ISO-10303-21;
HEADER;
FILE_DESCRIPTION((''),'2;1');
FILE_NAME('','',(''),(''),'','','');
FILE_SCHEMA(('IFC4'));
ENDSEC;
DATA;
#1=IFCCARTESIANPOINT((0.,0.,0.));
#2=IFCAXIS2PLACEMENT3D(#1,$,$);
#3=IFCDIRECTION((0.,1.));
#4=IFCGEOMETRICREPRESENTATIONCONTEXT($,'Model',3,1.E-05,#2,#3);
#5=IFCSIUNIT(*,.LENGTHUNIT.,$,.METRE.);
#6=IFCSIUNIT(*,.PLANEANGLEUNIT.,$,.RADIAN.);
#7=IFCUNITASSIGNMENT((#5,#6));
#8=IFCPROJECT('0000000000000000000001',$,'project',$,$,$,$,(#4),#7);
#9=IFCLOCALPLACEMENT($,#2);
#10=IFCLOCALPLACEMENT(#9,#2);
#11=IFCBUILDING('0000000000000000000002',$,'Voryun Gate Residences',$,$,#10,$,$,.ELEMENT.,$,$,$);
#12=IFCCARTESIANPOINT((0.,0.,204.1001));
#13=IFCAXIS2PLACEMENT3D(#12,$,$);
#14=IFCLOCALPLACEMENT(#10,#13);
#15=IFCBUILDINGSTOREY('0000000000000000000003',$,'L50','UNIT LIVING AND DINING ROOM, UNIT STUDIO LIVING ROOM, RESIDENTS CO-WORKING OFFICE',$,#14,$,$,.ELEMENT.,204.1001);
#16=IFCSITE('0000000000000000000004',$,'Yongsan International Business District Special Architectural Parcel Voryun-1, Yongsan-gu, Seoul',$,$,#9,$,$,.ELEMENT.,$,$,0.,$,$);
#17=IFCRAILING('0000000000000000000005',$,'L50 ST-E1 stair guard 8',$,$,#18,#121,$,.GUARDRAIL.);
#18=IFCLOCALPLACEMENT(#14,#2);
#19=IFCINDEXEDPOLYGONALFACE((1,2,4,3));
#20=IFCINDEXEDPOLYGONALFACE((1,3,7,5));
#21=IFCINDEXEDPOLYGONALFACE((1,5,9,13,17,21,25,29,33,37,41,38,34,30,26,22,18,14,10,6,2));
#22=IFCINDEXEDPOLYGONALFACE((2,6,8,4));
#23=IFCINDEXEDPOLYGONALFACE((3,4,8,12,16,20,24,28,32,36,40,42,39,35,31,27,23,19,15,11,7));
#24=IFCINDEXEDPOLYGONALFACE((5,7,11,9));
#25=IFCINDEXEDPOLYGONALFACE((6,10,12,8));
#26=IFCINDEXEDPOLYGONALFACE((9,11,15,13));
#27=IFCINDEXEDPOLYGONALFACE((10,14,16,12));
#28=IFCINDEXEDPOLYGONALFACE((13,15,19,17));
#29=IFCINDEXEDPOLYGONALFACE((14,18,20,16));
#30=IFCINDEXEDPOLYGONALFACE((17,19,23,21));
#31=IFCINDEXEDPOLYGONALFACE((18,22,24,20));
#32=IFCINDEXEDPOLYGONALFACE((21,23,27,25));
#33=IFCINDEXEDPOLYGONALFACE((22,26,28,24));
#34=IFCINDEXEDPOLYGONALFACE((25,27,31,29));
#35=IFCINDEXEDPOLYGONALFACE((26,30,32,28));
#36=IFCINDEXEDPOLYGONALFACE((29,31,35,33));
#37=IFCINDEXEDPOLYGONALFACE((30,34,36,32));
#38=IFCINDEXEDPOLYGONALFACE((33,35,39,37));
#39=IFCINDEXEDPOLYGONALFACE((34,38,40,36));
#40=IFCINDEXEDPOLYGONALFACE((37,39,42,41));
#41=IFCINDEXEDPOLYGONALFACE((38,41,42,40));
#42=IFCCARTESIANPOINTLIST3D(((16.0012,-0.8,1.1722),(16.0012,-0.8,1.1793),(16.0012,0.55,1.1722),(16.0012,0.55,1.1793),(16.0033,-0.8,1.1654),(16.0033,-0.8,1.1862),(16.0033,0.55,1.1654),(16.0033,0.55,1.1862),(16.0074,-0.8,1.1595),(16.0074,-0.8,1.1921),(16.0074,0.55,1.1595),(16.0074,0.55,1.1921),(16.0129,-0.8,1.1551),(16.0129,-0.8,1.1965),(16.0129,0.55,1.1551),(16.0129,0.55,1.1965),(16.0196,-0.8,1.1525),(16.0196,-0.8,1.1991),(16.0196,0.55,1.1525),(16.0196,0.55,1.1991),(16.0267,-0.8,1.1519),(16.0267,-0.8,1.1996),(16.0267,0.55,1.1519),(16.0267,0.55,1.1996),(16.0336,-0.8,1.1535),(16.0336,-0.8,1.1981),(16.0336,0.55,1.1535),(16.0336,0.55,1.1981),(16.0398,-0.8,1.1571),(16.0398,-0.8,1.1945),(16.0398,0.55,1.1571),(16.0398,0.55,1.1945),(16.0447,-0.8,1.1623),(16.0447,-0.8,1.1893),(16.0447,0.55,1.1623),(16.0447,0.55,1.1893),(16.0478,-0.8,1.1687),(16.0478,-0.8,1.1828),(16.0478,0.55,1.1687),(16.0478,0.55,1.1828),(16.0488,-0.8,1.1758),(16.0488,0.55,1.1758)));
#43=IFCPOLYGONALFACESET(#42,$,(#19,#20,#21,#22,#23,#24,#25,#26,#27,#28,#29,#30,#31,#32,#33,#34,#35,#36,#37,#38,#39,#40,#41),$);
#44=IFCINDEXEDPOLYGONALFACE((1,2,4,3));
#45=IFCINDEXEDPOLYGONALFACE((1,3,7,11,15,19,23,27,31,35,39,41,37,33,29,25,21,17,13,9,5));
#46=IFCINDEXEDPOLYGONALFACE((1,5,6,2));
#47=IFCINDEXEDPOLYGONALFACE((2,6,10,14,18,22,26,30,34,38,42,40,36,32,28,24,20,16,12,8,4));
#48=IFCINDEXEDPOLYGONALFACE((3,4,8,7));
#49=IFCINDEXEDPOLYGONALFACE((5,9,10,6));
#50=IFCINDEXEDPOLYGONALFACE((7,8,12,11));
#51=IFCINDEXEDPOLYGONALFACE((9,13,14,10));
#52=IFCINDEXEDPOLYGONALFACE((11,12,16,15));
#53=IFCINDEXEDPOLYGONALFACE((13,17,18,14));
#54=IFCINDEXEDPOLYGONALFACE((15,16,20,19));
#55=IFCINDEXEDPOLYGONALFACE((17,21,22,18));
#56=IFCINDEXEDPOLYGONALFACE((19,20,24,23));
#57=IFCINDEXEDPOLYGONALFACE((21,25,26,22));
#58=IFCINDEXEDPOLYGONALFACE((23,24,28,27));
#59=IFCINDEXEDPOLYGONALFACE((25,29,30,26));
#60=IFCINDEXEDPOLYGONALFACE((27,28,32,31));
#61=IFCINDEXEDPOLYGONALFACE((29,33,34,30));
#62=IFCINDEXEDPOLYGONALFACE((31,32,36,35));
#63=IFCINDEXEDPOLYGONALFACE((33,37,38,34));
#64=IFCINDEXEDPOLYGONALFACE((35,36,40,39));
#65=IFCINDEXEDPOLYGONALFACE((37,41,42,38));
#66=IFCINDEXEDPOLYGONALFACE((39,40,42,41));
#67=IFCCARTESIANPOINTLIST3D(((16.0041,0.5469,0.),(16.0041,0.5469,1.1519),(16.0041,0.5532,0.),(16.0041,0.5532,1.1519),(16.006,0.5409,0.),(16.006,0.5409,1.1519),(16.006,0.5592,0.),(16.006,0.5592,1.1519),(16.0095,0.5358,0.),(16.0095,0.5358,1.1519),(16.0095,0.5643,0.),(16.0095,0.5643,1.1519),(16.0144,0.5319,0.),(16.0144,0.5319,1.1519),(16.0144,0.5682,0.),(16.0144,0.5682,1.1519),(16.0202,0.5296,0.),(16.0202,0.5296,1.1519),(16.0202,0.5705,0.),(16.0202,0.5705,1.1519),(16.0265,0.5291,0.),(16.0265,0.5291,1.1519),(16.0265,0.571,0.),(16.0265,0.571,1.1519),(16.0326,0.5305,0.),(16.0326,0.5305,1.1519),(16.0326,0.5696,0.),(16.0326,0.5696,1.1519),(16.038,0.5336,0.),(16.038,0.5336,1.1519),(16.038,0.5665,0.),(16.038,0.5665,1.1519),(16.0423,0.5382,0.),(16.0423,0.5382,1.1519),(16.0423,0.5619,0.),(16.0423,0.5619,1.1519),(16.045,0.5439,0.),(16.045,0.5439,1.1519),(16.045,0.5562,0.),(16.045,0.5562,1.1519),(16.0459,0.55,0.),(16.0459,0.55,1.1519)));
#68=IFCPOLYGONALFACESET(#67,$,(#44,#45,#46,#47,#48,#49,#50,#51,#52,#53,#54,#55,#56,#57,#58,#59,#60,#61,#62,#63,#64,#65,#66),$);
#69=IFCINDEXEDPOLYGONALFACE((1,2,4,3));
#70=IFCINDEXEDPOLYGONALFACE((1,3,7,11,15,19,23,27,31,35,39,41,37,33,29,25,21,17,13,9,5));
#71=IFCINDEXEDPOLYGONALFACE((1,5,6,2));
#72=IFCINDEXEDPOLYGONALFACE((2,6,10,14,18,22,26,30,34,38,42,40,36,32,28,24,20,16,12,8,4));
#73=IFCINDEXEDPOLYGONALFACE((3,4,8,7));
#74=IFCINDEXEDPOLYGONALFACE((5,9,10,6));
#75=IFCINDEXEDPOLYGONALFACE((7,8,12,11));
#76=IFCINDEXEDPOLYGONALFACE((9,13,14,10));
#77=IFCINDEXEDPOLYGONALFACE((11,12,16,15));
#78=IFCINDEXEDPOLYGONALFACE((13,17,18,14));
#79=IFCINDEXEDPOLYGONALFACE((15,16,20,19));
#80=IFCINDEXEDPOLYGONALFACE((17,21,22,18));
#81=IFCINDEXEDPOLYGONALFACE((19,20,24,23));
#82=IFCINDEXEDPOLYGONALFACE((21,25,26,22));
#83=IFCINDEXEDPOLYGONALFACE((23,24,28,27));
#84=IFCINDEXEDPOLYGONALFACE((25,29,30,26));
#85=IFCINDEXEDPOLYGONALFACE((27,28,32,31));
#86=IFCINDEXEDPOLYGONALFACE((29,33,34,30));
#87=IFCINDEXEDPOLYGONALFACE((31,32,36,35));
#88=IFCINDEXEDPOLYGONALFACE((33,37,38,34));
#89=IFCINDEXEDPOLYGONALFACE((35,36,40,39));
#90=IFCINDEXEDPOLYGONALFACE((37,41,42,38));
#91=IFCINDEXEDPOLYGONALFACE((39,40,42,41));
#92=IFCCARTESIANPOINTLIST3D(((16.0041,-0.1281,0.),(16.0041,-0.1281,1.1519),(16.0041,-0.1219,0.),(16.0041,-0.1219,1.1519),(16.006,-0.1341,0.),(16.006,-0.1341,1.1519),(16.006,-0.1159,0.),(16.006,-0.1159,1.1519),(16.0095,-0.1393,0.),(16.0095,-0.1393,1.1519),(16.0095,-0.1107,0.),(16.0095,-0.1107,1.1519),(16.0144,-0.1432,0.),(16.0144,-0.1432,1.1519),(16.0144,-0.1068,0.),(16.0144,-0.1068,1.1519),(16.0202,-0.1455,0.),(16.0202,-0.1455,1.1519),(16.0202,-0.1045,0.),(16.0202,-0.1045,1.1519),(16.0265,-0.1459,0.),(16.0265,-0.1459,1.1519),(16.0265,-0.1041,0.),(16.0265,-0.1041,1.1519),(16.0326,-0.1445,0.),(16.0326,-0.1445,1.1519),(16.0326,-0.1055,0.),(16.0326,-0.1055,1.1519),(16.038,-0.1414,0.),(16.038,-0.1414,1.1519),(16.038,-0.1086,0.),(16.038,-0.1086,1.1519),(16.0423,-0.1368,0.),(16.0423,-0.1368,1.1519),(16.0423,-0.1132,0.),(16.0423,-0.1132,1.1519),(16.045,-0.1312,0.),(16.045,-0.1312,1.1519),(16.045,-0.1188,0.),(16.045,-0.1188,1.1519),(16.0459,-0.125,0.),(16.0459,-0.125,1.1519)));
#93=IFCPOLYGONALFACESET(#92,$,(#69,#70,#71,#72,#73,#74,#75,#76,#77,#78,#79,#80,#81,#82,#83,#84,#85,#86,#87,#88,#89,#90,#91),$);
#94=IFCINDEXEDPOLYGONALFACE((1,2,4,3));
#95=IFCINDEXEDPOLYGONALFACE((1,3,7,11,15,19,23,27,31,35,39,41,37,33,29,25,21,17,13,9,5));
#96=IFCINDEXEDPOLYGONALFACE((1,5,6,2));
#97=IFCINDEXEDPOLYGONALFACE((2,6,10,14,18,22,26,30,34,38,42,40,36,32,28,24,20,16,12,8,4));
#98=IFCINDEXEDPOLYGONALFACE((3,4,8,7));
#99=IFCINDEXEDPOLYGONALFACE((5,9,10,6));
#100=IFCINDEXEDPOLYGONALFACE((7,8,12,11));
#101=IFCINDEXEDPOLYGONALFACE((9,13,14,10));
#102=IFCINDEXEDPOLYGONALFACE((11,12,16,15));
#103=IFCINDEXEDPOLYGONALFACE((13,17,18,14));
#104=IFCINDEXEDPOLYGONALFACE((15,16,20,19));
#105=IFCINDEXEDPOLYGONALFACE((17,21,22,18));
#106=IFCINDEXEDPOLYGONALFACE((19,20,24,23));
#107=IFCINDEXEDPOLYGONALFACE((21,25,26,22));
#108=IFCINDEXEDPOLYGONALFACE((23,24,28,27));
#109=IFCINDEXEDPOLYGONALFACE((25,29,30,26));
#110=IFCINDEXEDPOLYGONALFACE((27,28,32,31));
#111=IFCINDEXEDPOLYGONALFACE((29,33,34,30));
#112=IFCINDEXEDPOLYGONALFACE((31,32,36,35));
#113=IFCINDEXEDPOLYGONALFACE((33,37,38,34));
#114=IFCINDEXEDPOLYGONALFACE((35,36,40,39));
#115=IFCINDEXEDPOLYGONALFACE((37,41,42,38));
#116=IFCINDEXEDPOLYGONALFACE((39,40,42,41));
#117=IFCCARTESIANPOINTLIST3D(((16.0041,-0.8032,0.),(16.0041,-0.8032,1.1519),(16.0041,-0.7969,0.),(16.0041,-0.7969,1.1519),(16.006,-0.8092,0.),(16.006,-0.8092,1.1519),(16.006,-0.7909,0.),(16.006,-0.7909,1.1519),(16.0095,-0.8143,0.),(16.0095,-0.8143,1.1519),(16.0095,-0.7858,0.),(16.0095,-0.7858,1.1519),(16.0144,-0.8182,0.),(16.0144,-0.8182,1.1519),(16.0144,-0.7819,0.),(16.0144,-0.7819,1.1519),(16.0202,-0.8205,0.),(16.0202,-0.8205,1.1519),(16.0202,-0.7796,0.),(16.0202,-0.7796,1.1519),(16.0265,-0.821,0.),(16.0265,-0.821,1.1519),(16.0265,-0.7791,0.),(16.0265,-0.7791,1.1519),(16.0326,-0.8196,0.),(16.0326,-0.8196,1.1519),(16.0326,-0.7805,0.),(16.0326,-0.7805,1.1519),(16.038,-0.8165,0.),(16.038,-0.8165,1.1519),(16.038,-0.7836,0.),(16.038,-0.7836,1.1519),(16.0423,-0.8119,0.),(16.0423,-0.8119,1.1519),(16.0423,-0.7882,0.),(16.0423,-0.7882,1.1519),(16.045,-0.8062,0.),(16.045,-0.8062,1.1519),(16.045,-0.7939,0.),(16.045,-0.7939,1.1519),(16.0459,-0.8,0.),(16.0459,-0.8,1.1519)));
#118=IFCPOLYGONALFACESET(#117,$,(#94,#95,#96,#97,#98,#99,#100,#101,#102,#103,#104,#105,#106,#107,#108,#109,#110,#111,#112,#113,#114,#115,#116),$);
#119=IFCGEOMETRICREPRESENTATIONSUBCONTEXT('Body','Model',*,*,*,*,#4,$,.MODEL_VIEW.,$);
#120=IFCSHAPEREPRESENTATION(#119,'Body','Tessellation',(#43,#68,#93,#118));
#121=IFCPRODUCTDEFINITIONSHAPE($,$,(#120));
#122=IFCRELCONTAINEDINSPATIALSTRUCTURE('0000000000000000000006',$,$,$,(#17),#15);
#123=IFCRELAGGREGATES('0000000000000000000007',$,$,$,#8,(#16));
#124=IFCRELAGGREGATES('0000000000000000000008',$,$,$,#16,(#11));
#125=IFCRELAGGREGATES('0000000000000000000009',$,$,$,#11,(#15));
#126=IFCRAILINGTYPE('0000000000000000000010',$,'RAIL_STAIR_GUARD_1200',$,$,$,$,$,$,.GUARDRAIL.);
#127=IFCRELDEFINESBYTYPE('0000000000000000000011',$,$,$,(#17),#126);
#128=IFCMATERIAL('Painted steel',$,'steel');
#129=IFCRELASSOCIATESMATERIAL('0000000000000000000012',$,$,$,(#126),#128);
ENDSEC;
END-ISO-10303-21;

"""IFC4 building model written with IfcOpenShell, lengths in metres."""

from ifc_helpers import new_model, si_unit, direction, frame, origin, origin_2d, place, context, subcontext, project, spatial, circle, extrude, material, type_object, element, save


model = new_model("IFC4")

# Units and contexts
model_context = context("Model", 3, precision=1e-05, world=origin(), true_north=direction((0.0, 1.0)))
body_context = subcontext(model_context, "Body", "Model", "MODEL_VIEW")
ifc_project = project(units=[si_unit("LENGTHUNIT", "METRE"), si_unit("PLANEANGLEUNIT", "RADIAN")], contexts=[model_context])

# Site, building, storey
site_placement = place(None, origin())
site = spatial("IfcSite", under=ifc_project, at=site_placement, Name="Yongsan International Business District Special Architectural Parcel Voryun-1, Yongsan-gu, Seoul", CompositionType="ELEMENT", RefElevation=0.0)
building_placement = place(site_placement, origin())
building = spatial("IfcBuilding", under=site, at=building_placement, Name="Voryun Gate Residences", CompositionType="ELEMENT")
storey_placement = place(building_placement, frame((0.0, 0.0, 204.1001)))
storey = spatial("IfcBuildingStorey", under=building, at=storey_placement, Name="L50", Description="UNIT LIVING AND DINING ROOM, UNIT STUDIO LIVING ROOM, RESIDENTS CO-WORKING OFFICE", CompositionType="ELEMENT", Elevation=204.1001)

# Railing
ifc_material_1 = material(Name="Painted steel", Category="steel")
railing_type_1 = type_object("IfcRailingType", Name="RAIL_STAIR_GUARD_1200", PredefinedType="GUARDRAIL", material=ifc_material_1)
railing_1_placement = place(storey_placement, frame((16.0249, 0.55, 0.0)))
element("IfcRailing", 1, at=railing_1_placement, inside=storey, type_object=railing_type_1, Name="L50 ST-E1 stair guard 8", PredefinedType="GUARDRAIL", context=body_context, shape_type="SweptSolid", body=[
    extrude(circle(Radius=0.0239, at=origin_2d()), frame((0.0, 0.0, 1.1758), z_axis=(0.0, -1.0, 0.0), x_axis=(1.0, 0.0, 0.0)), (0.0, 0.0, 1.0), 1.3501),
    extrude(circle(Radius=0.021, at=origin_2d()), origin(), (0.0, 0.0, 1.0), 1.1519),
    extrude(circle(Radius=0.021, at=origin_2d()), frame((0.0, -0.675, 0.0)), (0.0, 0.0, 1.0), 1.1519),
    extrude(circle(Radius=0.021, at=origin_2d()), frame((0.0, -1.3501, 0.0)), (0.0, 0.0, 1.0), 1.1519),
])

save(model, "model.ifc")
